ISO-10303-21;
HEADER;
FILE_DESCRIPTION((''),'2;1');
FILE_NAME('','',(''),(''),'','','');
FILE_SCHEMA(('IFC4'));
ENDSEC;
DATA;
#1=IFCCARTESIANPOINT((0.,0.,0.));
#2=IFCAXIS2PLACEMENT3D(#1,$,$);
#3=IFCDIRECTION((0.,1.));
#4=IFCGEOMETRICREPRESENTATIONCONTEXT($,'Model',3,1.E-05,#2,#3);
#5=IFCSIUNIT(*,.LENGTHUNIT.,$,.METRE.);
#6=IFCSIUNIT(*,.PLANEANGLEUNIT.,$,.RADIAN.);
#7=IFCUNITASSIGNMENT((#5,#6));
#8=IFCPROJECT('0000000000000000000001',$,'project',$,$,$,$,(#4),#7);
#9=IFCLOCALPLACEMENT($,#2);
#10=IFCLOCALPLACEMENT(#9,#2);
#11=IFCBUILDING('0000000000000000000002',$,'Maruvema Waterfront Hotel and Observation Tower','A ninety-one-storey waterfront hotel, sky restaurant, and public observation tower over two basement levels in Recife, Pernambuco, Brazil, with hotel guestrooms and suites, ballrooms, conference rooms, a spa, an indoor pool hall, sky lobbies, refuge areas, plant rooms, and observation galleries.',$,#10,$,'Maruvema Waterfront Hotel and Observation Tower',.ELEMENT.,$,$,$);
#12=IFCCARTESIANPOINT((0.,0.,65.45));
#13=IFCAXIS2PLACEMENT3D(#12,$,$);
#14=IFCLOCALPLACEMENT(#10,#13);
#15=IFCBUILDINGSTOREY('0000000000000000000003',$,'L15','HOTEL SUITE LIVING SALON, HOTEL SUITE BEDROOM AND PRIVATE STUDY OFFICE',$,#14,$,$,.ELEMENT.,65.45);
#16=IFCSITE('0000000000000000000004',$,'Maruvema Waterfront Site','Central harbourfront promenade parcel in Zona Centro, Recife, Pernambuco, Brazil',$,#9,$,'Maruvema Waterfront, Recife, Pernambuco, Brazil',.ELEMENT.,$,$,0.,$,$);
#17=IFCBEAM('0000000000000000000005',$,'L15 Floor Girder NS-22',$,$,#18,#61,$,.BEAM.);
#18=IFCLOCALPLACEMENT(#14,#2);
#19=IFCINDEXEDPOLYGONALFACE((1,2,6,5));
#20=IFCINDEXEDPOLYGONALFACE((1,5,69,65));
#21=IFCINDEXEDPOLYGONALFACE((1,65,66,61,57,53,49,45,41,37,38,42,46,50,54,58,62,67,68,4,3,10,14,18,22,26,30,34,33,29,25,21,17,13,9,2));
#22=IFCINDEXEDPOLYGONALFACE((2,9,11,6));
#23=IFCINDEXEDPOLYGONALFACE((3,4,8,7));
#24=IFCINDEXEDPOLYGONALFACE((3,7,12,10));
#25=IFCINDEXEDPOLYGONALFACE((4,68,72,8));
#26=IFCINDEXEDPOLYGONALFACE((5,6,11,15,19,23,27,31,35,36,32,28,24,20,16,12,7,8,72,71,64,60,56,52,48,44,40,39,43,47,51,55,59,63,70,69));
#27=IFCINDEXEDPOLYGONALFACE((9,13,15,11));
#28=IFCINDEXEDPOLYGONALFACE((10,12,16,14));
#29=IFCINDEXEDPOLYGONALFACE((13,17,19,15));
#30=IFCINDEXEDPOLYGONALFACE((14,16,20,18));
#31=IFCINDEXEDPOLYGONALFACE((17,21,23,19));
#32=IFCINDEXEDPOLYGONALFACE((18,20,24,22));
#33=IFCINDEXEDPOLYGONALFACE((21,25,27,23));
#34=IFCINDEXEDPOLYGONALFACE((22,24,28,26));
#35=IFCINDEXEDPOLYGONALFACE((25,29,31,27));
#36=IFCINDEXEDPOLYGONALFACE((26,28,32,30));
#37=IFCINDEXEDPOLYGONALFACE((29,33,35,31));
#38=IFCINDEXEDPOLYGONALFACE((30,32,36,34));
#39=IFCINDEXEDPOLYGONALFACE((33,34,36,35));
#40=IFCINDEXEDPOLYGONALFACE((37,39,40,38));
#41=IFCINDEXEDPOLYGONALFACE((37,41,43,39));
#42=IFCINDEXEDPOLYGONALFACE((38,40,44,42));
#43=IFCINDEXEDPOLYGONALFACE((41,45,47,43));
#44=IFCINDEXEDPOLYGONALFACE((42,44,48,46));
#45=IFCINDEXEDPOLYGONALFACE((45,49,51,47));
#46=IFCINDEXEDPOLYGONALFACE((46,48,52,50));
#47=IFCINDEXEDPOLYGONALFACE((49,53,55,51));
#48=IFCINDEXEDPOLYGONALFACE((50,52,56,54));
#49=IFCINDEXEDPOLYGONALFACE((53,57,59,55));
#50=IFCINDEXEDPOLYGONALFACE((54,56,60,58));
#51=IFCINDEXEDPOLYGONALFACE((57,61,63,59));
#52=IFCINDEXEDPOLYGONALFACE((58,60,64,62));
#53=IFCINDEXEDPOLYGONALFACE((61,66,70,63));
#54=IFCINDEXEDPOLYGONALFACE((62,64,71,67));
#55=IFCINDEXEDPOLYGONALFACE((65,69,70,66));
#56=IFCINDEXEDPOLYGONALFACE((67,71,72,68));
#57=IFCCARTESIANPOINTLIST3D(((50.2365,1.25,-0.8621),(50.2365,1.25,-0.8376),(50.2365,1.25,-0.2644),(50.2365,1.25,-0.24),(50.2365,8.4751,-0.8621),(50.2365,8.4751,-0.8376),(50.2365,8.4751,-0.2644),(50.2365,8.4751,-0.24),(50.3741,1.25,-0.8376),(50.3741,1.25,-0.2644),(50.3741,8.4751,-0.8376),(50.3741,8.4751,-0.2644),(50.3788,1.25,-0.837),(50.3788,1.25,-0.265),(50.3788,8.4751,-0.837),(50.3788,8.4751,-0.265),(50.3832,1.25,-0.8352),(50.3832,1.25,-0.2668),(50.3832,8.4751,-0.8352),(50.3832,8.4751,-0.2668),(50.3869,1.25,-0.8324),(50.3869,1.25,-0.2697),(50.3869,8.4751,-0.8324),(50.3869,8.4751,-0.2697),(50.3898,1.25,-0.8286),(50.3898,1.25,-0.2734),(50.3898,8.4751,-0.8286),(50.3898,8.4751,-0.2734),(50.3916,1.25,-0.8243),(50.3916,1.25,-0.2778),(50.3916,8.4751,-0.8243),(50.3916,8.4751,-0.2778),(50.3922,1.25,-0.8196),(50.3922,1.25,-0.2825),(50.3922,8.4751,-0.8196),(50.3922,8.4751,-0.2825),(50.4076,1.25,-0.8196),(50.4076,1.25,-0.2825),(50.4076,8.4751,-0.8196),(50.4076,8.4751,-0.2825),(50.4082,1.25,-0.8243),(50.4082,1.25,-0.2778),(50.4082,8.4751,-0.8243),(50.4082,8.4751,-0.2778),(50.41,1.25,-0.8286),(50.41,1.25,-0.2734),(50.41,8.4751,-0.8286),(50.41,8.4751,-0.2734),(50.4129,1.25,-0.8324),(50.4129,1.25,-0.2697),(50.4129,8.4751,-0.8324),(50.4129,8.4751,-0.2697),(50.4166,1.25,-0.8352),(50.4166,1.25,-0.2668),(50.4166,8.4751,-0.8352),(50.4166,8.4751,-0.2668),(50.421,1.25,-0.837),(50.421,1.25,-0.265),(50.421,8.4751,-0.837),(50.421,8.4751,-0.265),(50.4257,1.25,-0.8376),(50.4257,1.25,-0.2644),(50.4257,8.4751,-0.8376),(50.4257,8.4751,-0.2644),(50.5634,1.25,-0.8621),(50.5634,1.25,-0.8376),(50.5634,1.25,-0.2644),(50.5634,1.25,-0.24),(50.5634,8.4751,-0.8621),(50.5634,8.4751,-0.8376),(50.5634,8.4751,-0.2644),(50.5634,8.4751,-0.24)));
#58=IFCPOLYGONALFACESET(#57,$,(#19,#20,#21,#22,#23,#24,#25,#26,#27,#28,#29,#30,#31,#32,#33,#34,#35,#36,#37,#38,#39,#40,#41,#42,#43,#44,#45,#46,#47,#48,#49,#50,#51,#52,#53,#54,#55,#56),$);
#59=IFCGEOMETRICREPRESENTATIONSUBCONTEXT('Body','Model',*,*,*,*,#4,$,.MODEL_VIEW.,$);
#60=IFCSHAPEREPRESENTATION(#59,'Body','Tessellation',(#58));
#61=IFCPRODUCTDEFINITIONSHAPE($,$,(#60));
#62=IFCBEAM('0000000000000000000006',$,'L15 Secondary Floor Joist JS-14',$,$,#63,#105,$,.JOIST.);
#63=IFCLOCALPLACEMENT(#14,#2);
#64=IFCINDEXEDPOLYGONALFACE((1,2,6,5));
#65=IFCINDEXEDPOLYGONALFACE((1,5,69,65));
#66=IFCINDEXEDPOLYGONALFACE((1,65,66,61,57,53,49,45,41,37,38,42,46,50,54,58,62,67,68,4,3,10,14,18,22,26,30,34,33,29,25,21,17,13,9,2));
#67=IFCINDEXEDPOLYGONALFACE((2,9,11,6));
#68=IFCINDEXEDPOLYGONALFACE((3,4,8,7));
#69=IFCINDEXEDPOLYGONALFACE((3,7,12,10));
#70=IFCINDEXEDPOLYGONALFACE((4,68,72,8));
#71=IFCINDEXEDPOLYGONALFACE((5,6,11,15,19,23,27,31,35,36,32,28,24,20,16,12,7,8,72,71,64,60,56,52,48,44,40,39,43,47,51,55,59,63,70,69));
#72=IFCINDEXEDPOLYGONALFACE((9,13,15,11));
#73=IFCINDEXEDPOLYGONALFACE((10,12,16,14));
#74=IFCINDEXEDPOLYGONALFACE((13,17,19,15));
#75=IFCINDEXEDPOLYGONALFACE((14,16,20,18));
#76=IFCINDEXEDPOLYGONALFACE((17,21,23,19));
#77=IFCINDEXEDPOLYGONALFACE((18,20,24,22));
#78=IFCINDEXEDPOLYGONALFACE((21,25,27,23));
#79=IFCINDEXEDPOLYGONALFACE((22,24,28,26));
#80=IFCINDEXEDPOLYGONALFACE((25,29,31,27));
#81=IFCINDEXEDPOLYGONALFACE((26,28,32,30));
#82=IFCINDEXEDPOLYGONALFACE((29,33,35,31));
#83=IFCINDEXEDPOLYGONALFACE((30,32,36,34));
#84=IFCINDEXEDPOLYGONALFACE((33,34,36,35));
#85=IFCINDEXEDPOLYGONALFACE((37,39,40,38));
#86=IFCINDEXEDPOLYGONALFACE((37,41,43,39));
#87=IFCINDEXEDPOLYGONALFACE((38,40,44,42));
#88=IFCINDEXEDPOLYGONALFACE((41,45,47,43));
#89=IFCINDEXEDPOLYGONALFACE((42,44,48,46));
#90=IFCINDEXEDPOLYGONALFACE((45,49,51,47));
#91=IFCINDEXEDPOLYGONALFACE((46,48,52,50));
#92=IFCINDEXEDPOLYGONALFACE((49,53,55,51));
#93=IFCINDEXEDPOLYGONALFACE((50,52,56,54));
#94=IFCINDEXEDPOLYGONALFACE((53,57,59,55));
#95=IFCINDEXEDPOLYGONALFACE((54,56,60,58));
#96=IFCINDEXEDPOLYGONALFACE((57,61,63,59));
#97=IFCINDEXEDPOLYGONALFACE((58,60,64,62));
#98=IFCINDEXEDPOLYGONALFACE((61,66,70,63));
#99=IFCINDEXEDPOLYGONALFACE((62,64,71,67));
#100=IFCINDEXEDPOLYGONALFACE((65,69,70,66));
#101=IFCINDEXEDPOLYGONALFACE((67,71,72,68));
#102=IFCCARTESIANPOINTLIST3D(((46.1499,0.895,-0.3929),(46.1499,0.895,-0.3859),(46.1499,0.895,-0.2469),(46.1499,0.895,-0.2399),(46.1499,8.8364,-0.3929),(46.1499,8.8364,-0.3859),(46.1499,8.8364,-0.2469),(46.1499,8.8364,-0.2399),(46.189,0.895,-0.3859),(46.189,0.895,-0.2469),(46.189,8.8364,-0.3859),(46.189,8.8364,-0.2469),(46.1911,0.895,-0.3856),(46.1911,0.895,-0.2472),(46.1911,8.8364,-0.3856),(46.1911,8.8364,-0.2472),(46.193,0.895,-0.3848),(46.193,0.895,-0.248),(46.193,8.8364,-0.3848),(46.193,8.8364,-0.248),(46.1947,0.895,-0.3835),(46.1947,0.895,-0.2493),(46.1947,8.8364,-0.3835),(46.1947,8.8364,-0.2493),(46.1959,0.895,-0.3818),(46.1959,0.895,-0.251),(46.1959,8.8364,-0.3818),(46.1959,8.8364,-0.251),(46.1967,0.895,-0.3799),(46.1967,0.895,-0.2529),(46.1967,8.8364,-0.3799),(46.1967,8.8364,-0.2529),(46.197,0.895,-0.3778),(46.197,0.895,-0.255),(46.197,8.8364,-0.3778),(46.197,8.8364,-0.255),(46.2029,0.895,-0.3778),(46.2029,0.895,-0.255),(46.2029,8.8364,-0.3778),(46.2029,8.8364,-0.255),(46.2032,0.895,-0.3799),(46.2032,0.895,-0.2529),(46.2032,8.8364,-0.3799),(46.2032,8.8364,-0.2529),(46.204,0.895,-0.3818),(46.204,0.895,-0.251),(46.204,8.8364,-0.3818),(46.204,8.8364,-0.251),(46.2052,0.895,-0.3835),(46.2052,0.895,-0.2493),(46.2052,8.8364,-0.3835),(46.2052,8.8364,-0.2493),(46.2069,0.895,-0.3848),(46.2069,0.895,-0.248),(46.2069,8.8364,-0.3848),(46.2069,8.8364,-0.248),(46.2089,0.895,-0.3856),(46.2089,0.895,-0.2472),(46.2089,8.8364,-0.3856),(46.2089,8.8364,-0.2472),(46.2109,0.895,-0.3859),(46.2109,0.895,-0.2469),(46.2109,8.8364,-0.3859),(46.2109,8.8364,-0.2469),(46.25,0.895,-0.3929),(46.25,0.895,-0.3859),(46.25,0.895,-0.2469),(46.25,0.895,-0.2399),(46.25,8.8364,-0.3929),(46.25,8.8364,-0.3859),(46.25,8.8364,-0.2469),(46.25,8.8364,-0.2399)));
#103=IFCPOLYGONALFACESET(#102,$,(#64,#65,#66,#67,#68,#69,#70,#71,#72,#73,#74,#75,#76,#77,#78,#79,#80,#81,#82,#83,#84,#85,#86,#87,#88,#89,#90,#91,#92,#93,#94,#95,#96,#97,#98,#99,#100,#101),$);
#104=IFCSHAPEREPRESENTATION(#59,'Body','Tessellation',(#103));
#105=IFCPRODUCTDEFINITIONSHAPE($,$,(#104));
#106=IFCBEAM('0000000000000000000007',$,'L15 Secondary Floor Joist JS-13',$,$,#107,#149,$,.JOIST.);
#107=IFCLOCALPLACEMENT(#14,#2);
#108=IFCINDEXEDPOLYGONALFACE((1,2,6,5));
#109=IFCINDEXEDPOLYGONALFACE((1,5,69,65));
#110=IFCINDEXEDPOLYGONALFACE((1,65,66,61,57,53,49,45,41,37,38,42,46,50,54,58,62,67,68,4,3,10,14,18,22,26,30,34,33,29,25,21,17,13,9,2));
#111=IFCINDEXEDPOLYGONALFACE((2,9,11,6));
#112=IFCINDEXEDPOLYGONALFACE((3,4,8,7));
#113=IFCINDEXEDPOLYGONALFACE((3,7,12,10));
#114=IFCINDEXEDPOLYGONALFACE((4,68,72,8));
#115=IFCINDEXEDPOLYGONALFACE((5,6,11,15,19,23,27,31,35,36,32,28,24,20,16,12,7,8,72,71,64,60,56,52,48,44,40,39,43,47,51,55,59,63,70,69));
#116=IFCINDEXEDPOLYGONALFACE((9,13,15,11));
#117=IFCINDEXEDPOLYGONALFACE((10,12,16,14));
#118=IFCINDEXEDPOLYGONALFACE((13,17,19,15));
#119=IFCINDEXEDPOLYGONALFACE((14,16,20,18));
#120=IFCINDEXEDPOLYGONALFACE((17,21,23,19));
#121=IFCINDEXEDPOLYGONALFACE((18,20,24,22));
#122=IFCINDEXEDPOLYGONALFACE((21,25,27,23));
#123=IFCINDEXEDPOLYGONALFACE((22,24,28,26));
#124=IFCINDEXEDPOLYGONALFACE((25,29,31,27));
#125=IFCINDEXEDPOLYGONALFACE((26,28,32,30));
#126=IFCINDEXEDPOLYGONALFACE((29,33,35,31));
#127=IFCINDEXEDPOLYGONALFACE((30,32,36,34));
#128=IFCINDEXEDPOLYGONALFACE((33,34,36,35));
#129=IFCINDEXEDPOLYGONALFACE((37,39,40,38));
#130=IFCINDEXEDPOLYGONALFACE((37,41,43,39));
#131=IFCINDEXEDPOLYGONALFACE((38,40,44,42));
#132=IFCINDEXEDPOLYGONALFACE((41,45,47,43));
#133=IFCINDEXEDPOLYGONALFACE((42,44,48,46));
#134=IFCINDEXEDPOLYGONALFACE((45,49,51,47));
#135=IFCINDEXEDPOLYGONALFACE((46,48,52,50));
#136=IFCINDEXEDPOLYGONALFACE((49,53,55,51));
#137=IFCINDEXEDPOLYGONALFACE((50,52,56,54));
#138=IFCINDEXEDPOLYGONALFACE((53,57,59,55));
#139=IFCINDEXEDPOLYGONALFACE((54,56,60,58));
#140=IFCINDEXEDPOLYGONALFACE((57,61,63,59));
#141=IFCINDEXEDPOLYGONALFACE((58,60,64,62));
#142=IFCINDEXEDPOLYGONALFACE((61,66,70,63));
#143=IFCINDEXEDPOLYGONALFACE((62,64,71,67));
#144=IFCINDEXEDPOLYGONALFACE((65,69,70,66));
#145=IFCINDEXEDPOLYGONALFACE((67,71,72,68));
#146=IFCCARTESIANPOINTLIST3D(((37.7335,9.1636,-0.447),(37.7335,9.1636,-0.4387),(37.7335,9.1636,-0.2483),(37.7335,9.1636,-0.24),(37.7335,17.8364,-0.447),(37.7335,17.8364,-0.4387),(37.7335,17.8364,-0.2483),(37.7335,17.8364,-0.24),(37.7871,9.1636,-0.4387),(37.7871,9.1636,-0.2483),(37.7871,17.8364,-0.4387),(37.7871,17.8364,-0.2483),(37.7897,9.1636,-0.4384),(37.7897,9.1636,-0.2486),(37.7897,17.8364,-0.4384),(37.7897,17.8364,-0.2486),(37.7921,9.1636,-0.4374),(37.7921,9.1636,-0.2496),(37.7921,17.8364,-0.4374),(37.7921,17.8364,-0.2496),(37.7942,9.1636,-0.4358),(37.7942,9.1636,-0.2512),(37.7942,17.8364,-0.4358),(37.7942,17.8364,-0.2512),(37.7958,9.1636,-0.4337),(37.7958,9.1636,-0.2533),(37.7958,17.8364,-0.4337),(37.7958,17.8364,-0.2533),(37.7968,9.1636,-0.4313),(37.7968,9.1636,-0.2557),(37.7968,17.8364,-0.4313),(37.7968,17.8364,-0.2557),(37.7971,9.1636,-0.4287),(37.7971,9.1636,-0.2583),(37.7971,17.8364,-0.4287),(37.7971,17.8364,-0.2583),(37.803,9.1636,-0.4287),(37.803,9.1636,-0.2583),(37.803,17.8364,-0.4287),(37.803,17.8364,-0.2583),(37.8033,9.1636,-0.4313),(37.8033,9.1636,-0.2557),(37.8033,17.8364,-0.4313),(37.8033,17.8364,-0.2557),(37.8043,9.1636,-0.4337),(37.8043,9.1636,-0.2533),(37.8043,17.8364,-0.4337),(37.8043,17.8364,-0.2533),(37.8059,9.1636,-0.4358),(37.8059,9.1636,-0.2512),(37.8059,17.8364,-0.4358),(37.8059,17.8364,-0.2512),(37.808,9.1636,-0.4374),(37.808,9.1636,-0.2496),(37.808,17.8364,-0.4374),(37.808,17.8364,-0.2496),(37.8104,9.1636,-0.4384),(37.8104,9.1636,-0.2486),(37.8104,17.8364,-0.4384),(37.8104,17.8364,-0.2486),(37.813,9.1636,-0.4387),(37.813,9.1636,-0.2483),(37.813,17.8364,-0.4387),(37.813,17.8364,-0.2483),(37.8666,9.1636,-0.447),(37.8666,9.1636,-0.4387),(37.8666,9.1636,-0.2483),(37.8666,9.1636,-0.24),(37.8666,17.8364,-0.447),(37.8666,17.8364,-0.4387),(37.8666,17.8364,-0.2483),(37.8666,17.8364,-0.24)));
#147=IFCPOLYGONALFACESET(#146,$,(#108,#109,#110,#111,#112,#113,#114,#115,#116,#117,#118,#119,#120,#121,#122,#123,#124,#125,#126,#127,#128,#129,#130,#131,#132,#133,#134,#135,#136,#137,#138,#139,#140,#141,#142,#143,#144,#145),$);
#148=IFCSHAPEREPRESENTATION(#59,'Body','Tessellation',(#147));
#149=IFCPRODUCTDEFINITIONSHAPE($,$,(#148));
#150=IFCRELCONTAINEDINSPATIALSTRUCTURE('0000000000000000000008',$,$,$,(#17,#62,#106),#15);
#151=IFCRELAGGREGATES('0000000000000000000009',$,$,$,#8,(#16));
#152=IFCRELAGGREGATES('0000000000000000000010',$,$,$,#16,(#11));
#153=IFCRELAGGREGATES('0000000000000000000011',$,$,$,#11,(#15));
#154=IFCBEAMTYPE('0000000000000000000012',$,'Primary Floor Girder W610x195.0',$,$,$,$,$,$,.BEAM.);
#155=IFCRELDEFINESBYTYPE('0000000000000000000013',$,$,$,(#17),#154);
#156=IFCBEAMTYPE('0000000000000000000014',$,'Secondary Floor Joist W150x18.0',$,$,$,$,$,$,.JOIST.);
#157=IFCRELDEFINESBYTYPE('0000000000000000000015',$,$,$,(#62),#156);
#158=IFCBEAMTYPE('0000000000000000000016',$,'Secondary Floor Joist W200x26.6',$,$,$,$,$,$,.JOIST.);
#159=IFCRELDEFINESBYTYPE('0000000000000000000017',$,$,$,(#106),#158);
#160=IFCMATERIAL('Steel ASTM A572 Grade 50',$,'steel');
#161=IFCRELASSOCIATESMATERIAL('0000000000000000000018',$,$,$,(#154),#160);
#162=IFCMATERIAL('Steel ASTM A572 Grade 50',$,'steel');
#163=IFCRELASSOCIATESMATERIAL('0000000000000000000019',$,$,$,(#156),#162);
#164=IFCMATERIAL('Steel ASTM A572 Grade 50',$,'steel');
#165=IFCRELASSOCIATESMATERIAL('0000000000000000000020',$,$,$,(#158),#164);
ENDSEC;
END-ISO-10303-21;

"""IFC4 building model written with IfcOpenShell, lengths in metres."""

from ifc_helpers import new_model, si_unit, direction, frame, origin, origin_2d, place, context, subcontext, project, spatial, i_section, extrude, material, material_profile, profile_set, type_object, element, save


model = new_model("IFC4")

# Units and contexts
model_context = context("Model", 3, precision=1e-05, world=origin(), true_north=direction((0.0, 1.0)))
body_context = subcontext(model_context, "Body", "Model", "MODEL_VIEW")
ifc_project = project(units=[si_unit("LENGTHUNIT", "METRE"), si_unit("PLANEANGLEUNIT", "RADIAN")], contexts=[model_context])

# Site, building, storey
site_placement = place(None, origin())
site = spatial("IfcSite", under=ifc_project, at=site_placement, Name="Maruvema Waterfront Site", Description="Central harbourfront promenade parcel in Zona Centro, Recife, Pernambuco, Brazil", LongName="Maruvema Waterfront, Recife, Pernambuco, Brazil", CompositionType="ELEMENT", RefElevation=0.0)
building_placement = place(site_placement, origin())
building = spatial("IfcBuilding", under=site, at=building_placement, Name="Maruvema Waterfront Hotel and Observation Tower", Description="A ninety-one-storey waterfront hotel, sky restaurant, and public observation tower over two basement levels in Recife, Pernambuco, Brazil, with hotel guestrooms and suites, ballrooms, conference rooms, a spa, an indoor pool hall, sky lobbies, refuge areas, plant rooms, and observation galleries.", LongName="Maruvema Waterfront Hotel and Observation Tower", CompositionType="ELEMENT")
storey_placement = place(building_placement, frame((0.0, 0.0, 65.45)))
storey = spatial("IfcBuildingStorey", under=building, at=storey_placement, Name="L15", Description="HOTEL SUITE LIVING SALON, HOTEL SUITE BEDROOM AND PRIVATE STUDY OFFICE", CompositionType="ELEMENT", Elevation=65.45)

# Beams
ifc_material_1 = material(Name="Steel ASTM A572 Grade 50", Category="steel")
ifc_material_profile_1 = material_profile(ifc_material_1, i_section(OverallWidth=0.3269, OverallDepth=0.6221, WebThickness=0.0154, FlangeThickness=0.0244, FilletRadius=0.0181, at=origin_2d()), Name="W610x195.0")
ifc_profile_set_1 = profile_set([ifc_material_profile_1], Name="Steel ASTM A572 Grade 50")
beam_type_1 = type_object("IfcBeamType", Name="Primary Floor Girder W610x195.0", PredefinedType="BEAM", material=ifc_profile_set_1)
beam_1_placement = place(storey_placement, frame((50.3999, 1.25, -0.551), z_axis=(0.0, 1.0, 0.0), x_axis=(-1.0, 0.0, 0.0)))
element("IfcBeam", 1, at=beam_1_placement, inside=storey, type_object=beam_type_1, Name="L15 Floor Girder NS-22", PredefinedType="BEAM", context=body_context, shape_type="SweptSolid", body=[
    extrude(i_section(OverallWidth=0.3269, OverallDepth=0.6221, WebThickness=0.0154, FlangeThickness=0.0244, FilletRadius=0.0181, at=origin_2d()), origin(), (0.0, 0.0, 1.0), 7.2251),
])
ifc_material_2 = material(Name="Steel ASTM A572 Grade 50", Category="steel")
ifc_material_profile_2 = material_profile(ifc_material_2, i_section(OverallWidth=0.1001, OverallDepth=0.1531, WebThickness=0.0059, FlangeThickness=0.0071, FilletRadius=0.0081, at=origin_2d()), Name="W150x18.0")
ifc_profile_set_2 = profile_set([ifc_material_profile_2], Name="Steel ASTM A572 Grade 50")
beam_type_2 = type_object("IfcBeamType", Name="Secondary Floor Joist W150x18.0", PredefinedType="JOIST", material=ifc_profile_set_2)
beam_2_placement = place(storey_placement, frame((46.2, 0.895, -0.3164), z_axis=(0.0, 1.0, 0.0), x_axis=(-1.0, 0.0, 0.0)))
element("IfcBeam", 2, at=beam_2_placement, inside=storey, type_object=beam_type_2, Name="L15 Secondary Floor Joist JS-14", PredefinedType="JOIST", context=body_context, shape_type="SweptSolid", body=[
    extrude(i_section(OverallWidth=0.1001, OverallDepth=0.1531, WebThickness=0.0059, FlangeThickness=0.0071, FilletRadius=0.0081, at=origin_2d()), origin(), (0.0, 0.0, 1.0), 7.9414),
])
ifc_material_3 = material(Name="Steel ASTM A572 Grade 50", Category="steel")
ifc_material_profile_3 = material_profile(ifc_material_3, i_section(OverallWidth=0.1331, OverallDepth=0.207, WebThickness=0.0059, FlangeThickness=0.0083, FilletRadius=0.01, at=origin_2d()), Name="W200x26.6")
ifc_profile_set_3 = profile_set([ifc_material_profile_3], Name="Steel ASTM A572 Grade 50")
beam_type_3 = type_object("IfcBeamType", Name="Secondary Floor Joist W200x26.6", PredefinedType="JOIST", material=ifc_profile_set_3)
beam_3_placement = place(storey_placement, frame((37.8, 9.1636, -0.3435), z_axis=(0.0, 1.0, 0.0), x_axis=(-1.0, 0.0, 0.0)))
element("IfcBeam", 3, at=beam_3_placement, inside=storey, type_object=beam_type_3, Name="L15 Secondary Floor Joist JS-13", PredefinedType="JOIST", context=body_context, shape_type="SweptSolid", body=[
    extrude(i_section(OverallWidth=0.1331, OverallDepth=0.207, WebThickness=0.0059, FlangeThickness=0.0083, FilletRadius=0.01, at=origin_2d()), origin(), (0.0, 0.0, 1.0), 8.6729),
])

save(model, "model.ifc")
